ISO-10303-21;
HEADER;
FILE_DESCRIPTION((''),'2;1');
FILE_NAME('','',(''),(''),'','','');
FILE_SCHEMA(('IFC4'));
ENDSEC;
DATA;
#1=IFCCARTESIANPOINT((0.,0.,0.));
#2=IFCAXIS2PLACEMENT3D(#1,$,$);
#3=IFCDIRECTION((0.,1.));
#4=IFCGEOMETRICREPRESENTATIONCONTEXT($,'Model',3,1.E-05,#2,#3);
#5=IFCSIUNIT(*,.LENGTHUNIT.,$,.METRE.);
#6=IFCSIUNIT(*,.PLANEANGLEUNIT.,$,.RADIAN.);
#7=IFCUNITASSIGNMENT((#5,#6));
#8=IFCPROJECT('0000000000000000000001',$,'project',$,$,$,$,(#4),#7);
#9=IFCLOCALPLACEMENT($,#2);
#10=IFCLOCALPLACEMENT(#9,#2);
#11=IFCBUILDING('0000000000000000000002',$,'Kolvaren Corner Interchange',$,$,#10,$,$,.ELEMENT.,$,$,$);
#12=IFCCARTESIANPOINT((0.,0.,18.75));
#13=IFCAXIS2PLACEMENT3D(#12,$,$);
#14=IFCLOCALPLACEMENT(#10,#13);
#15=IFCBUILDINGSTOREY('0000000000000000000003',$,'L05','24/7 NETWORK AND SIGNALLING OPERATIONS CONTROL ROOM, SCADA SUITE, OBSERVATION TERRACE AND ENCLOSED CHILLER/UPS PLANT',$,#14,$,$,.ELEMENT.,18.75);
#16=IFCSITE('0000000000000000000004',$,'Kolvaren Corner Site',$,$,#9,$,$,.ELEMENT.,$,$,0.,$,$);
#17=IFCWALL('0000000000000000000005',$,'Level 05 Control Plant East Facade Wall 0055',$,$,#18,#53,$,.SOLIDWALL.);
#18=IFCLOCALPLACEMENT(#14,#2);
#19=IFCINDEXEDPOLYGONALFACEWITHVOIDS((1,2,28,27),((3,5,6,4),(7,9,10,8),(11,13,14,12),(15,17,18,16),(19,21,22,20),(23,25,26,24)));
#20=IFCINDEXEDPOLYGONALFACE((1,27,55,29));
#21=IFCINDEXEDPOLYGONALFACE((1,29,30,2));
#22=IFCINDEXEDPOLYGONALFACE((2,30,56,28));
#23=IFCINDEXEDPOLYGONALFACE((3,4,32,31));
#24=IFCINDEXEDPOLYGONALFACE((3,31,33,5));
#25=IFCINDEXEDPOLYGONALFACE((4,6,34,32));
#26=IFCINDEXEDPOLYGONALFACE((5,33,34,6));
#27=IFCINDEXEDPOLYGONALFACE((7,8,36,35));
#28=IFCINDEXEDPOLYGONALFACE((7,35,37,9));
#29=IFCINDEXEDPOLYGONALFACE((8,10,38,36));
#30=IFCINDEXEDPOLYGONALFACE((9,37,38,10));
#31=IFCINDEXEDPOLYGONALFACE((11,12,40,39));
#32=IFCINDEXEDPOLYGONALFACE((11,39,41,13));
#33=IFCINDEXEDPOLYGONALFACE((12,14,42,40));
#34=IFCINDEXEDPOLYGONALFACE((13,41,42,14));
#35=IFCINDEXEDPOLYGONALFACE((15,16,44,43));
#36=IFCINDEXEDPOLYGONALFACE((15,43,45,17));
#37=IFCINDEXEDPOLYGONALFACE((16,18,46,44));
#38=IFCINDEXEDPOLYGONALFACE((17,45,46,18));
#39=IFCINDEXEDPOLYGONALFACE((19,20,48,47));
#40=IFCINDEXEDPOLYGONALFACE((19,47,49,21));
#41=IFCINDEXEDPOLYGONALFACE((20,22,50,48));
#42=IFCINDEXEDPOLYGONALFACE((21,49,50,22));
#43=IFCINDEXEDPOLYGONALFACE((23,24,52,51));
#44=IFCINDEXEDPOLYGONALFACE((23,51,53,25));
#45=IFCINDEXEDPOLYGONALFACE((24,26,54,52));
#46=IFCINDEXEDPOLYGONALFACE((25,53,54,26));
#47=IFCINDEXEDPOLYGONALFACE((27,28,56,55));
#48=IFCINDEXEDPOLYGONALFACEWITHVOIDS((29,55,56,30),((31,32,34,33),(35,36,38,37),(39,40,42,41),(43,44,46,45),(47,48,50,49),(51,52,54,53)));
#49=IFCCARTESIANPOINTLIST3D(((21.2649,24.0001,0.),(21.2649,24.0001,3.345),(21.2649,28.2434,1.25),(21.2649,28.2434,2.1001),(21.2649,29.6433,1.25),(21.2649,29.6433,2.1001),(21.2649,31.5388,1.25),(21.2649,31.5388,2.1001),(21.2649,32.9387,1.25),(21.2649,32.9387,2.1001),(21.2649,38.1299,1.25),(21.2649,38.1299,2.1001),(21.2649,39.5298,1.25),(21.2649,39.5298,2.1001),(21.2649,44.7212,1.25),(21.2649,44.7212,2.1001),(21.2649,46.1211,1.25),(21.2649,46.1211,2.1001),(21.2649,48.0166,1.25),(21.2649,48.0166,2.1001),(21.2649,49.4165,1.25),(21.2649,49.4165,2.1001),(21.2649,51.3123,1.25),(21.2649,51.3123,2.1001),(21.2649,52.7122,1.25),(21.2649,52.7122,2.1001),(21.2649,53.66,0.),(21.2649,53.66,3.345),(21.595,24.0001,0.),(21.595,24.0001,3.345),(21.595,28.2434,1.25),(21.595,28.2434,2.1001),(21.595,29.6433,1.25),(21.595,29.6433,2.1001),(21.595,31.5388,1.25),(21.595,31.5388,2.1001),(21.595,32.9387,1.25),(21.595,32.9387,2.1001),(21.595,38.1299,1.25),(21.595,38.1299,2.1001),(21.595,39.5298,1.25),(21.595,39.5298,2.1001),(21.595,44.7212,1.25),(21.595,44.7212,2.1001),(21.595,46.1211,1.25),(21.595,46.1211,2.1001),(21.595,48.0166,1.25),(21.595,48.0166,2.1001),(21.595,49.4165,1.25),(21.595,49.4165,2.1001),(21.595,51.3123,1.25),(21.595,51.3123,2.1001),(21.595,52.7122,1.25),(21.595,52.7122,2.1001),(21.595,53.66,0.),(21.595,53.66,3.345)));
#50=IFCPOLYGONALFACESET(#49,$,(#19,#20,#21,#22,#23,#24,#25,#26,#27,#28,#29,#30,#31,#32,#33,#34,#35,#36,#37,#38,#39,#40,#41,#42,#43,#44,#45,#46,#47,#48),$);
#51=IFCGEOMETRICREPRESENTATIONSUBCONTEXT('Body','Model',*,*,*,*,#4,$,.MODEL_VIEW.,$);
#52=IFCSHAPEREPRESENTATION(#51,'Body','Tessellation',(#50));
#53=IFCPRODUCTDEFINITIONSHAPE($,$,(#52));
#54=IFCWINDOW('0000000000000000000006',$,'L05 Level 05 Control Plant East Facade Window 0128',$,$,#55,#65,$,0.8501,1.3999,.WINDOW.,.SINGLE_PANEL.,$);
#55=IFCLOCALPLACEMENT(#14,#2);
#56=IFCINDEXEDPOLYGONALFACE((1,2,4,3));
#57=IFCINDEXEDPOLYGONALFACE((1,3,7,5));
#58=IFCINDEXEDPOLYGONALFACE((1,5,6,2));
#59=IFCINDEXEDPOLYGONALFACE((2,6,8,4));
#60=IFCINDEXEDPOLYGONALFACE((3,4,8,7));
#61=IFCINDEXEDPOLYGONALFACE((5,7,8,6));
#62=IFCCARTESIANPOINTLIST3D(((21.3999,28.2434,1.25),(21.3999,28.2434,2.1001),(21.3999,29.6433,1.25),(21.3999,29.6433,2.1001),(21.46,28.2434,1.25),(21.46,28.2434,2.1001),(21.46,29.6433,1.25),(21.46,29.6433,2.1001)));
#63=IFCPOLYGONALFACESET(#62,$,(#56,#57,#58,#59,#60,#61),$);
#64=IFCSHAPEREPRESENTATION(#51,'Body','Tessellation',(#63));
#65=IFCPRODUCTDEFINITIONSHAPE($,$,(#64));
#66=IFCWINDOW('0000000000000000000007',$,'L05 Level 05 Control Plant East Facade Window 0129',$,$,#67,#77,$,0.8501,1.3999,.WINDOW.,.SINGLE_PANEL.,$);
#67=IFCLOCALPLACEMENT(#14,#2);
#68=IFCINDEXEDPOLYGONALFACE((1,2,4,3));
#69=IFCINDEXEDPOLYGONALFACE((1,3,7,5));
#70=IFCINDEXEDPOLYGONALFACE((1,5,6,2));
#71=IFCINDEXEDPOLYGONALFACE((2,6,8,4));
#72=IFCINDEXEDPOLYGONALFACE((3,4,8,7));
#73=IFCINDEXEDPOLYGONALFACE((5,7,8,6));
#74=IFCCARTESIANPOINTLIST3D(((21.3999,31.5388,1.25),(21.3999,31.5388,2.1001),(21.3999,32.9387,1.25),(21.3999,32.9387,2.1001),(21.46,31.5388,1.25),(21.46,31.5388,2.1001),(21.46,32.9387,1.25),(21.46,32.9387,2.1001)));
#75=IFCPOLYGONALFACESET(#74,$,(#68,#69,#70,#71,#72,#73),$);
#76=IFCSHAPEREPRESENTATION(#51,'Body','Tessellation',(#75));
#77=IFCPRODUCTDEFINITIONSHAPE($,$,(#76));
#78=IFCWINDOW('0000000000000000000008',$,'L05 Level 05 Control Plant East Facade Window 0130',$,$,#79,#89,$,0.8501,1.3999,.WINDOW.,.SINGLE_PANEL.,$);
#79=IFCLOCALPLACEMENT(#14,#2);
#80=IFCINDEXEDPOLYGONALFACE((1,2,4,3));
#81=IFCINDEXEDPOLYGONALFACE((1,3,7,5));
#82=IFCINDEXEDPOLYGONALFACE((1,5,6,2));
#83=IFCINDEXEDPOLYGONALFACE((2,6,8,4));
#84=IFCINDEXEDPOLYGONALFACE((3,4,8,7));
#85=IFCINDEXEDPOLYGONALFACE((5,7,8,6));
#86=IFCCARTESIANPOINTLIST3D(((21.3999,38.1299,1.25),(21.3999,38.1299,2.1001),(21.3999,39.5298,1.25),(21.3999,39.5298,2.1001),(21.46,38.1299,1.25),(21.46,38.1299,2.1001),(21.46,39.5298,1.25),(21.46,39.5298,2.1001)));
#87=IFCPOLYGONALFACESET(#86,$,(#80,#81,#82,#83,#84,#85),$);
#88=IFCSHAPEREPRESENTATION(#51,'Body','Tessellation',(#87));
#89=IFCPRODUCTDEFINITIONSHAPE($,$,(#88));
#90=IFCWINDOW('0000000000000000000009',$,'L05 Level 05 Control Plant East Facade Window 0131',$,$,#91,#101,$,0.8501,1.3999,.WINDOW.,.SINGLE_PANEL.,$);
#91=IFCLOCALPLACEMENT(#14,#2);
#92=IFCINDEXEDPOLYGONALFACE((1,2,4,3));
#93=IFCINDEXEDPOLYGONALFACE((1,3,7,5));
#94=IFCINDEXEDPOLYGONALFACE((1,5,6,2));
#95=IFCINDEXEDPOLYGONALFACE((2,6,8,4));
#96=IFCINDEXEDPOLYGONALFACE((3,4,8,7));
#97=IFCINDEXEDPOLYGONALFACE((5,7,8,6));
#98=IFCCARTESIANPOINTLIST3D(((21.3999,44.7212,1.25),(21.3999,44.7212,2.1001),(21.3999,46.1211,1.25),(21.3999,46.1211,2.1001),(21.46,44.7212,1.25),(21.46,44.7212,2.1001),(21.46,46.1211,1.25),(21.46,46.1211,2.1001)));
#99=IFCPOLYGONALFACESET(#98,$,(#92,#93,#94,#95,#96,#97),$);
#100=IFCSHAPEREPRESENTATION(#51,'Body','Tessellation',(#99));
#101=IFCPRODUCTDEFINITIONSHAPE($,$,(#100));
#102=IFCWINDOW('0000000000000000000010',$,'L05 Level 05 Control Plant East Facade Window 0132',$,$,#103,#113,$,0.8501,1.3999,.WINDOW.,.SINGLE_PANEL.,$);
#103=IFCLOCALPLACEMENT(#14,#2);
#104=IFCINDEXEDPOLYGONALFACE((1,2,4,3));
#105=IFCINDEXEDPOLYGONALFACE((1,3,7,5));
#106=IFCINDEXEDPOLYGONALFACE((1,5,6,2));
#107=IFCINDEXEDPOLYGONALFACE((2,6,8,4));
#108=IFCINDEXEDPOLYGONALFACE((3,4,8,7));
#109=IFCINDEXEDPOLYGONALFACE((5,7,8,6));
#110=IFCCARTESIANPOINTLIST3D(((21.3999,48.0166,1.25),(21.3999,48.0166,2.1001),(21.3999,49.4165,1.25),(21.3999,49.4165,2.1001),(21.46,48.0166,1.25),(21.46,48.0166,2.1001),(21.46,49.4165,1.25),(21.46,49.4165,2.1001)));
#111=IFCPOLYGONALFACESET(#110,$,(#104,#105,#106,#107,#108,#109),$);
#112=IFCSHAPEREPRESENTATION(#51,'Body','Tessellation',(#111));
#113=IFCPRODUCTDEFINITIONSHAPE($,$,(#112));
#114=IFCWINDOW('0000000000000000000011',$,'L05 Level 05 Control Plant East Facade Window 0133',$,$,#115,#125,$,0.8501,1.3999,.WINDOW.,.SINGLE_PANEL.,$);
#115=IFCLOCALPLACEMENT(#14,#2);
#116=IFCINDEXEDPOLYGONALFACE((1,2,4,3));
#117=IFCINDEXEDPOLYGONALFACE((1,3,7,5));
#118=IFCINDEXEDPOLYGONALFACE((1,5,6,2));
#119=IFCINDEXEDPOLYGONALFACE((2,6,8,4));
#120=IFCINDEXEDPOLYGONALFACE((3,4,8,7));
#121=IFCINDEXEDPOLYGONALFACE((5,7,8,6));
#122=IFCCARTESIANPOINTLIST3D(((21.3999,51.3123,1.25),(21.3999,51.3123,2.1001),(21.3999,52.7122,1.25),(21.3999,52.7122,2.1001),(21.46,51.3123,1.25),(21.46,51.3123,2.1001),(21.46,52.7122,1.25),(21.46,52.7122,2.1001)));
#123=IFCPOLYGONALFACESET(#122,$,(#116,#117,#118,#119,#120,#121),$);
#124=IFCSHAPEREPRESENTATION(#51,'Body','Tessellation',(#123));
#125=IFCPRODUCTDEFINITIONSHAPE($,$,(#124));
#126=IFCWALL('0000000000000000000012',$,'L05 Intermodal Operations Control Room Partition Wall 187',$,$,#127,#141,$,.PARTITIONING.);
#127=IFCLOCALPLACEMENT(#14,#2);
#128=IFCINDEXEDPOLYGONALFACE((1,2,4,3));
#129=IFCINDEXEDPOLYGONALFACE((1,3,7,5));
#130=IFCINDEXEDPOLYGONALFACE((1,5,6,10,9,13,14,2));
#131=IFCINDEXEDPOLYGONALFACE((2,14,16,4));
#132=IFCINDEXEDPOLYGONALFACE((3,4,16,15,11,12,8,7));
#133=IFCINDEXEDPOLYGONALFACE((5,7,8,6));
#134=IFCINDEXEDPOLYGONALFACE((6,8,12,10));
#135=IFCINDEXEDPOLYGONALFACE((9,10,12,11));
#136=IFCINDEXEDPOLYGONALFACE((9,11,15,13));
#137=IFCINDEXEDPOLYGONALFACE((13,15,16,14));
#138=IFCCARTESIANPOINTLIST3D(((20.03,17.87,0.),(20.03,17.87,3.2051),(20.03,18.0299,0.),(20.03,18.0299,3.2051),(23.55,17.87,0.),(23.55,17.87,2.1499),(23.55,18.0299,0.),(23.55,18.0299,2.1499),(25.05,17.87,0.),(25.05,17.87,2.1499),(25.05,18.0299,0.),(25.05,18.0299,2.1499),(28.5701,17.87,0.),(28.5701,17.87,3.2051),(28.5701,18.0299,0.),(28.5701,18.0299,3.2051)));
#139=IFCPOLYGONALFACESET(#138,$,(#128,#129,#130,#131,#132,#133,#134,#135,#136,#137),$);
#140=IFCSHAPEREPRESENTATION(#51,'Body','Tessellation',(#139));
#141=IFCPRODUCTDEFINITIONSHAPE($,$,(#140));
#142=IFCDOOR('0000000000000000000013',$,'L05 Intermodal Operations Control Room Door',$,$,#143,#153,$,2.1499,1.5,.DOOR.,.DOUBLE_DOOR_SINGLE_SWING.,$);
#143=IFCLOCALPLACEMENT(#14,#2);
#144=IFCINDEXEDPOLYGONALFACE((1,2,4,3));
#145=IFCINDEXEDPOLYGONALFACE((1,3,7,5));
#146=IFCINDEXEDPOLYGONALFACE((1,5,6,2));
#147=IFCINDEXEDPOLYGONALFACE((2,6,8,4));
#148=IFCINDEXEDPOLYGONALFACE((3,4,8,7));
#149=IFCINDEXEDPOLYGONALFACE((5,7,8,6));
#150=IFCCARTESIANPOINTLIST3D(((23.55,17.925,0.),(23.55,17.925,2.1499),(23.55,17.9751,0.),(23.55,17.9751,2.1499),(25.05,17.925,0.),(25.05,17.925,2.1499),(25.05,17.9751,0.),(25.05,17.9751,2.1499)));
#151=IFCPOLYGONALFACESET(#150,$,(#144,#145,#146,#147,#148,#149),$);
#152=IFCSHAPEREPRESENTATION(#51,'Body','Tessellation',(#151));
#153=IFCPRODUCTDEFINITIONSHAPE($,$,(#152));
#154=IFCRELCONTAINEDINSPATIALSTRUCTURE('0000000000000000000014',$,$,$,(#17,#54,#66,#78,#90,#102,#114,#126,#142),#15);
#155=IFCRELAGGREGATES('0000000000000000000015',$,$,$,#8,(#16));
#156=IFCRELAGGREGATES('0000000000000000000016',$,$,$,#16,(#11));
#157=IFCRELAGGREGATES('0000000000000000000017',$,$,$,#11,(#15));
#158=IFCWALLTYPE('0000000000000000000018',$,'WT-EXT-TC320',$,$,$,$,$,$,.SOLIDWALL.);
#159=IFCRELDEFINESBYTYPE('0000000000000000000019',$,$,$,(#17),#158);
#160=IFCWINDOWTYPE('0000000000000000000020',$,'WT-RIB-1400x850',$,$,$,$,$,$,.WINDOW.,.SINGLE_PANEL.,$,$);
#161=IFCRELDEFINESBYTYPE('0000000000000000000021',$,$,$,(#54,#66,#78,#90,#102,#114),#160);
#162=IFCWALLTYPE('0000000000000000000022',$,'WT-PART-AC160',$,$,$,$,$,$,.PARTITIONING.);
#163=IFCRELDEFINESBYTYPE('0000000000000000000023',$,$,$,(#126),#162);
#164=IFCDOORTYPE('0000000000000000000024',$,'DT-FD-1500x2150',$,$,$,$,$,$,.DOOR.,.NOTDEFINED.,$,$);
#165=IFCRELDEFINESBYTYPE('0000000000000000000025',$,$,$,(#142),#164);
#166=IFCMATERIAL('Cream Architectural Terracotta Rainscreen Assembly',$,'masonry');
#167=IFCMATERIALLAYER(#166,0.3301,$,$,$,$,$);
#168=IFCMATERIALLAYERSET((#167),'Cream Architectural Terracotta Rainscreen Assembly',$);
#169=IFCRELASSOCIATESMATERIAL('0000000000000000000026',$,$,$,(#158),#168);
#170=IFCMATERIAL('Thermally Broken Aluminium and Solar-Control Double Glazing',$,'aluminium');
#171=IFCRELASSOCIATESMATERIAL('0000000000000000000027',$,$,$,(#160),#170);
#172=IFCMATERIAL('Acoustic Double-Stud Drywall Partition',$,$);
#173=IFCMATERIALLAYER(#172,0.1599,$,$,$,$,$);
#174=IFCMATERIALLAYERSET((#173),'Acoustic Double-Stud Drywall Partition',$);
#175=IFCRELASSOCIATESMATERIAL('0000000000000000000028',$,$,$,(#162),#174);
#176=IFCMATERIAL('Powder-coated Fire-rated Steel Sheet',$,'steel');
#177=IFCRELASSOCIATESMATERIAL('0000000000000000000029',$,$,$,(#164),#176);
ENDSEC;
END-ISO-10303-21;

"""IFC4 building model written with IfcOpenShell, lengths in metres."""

from ifc_helpers import new_model, si_unit, direction, frame, frame_2d, origin, place, context, subcontext, project, spatial, rectangle, extrude, material, layer, layer_set, type_object, element, fill, save


model = new_model("IFC4")

# Units and contexts
model_context = context("Model", 3, precision=1e-05, world=origin(), true_north=direction((0.0, 1.0)))
body_context = subcontext(model_context, "Body", "Model", "MODEL_VIEW")
ifc_project = project(units=[si_unit("LENGTHUNIT", "METRE"), si_unit("PLANEANGLEUNIT", "RADIAN")], contexts=[model_context])

# Site, building, storey
site_placement = place(None, origin())
site = spatial("IfcSite", under=ifc_project, at=site_placement, Name="Kolvaren Corner Site", CompositionType="ELEMENT", RefElevation=0.0)
building_placement = place(site_placement, origin())
building = spatial("IfcBuilding", under=site, at=building_placement, Name="Kolvaren Corner Interchange", CompositionType="ELEMENT")
storey_placement = place(building_placement, frame((0.0, 0.0, 18.75)))
storey = spatial("IfcBuildingStorey", under=building, at=storey_placement, Name="L05", Description="24/7 NETWORK AND SIGNALLING OPERATIONS CONTROL ROOM, SCADA SUITE, OBSERVATION TERRACE AND ENCLOSED CHILLER/UPS PLANT", CompositionType="ELEMENT", Elevation=18.75)

# Wall, openings, windows
ifc_material_1 = material(Name="Cream Architectural Terracotta Rainscreen Assembly", Category="masonry")
ifc_layer_1 = layer(ifc_material_1, 0.3301)
ifc_layer_set_1 = layer_set([ifc_layer_1], Name="Cream Architectural Terracotta Rainscreen Assembly")
wall_type_1 = type_object("IfcWallType", Name="WT-EXT-TC320", PredefinedType="SOLIDWALL", material=ifc_layer_set_1)
wall_1_placement = place(storey_placement, frame((21.4299, 24.0, 0.0), z_axis=(0.0, 0.0, 1.0), x_axis=(0.0, 1.0, 0.0)))
wall_1 = element("IfcWall", 1, at=wall_1_placement, inside=storey, type_object=wall_type_1, Name="Level 05 Control Plant East Facade Wall 0055", PredefinedType="SOLIDWALL", context=body_context, shape_type="SweptSolid", body=[
    extrude(rectangle(XDim=29.6599, YDim=0.3301, at=frame_2d((14.8301, 0.0))), origin(), (0.0, 0.0, 1.0), 3.345),
])
opening_1_placement = place(wall_1_placement, frame((4.2434, 0.0, 1.25)))
opening_1 = element("IfcOpeningElement", 2, at=opening_1_placement, cuts=wall_1, PredefinedType="OPENING", context=body_context, shape_type="SweptSolid", body=[
    extrude(rectangle(XDim=1.3999, YDim=0.8501, at=frame_2d((0.7, 0.425))), frame((0.0, 0.175, 0.0), z_axis=(0.0, -1.0, 0.0), x_axis=(1.0, 0.0, 0.0)), (0.0, 0.0, 1.0), 0.3501),
])
opening_2_placement = place(wall_1_placement, frame((7.5388, 0.0, 1.25)))
opening_2 = element("IfcOpeningElement", 3, at=opening_2_placement, cuts=wall_1, PredefinedType="OPENING", context=body_context, shape_type="SweptSolid", body=[
    extrude(rectangle(XDim=1.3999, YDim=0.8501, at=frame_2d((0.7, 0.425))), frame((0.0, 0.175, 0.0), z_axis=(0.0, -1.0, 0.0), x_axis=(1.0, 0.0, 0.0)), (0.0, 0.0, 1.0), 0.3501),
])
opening_3_placement = place(wall_1_placement, frame((14.1299, 0.0, 1.25)))
opening_3 = element("IfcOpeningElement", 4, at=opening_3_placement, cuts=wall_1, PredefinedType="OPENING", context=body_context, shape_type="SweptSolid", body=[
    extrude(rectangle(XDim=1.3999, YDim=0.8501, at=frame_2d((0.7, 0.425))), frame((0.0, 0.175, 0.0), z_axis=(0.0, -1.0, 0.0), x_axis=(1.0, 0.0, 0.0)), (0.0, 0.0, 1.0), 0.3501),
])
opening_4_placement = place(wall_1_placement, frame((20.7212, 0.0, 1.25)))
opening_4 = element("IfcOpeningElement", 5, at=opening_4_placement, cuts=wall_1, PredefinedType="OPENING", context=body_context, shape_type="SweptSolid", body=[
    extrude(rectangle(XDim=1.3999, YDim=0.8501, at=frame_2d((0.7, 0.425))), frame((0.0, 0.175, 0.0), z_axis=(0.0, -1.0, 0.0), x_axis=(1.0, 0.0, 0.0)), (0.0, 0.0, 1.0), 0.3501),
])
opening_5_placement = place(wall_1_placement, frame((24.0166, 0.0, 1.25)))
opening_5 = element("IfcOpeningElement", 6, at=opening_5_placement, cuts=wall_1, PredefinedType="OPENING", context=body_context, shape_type="SweptSolid", body=[
    extrude(rectangle(XDim=1.3999, YDim=0.8501, at=frame_2d((0.7, 0.425))), frame((0.0, 0.175, 0.0), z_axis=(0.0, -1.0, 0.0), x_axis=(1.0, 0.0, 0.0)), (0.0, 0.0, 1.0), 0.3501),
])
opening_6_placement = place(wall_1_placement, frame((27.3123, 0.0, 1.25)))
opening_6 = element("IfcOpeningElement", 7, at=opening_6_placement, cuts=wall_1, PredefinedType="OPENING", context=body_context, shape_type="SweptSolid", body=[
    extrude(rectangle(XDim=1.3999, YDim=0.8501, at=frame_2d((0.7, 0.425))), frame((0.0, 0.175, 0.0), z_axis=(0.0, -1.0, 0.0), x_axis=(1.0, 0.0, 0.0)), (0.0, 0.0, 1.0), 0.3501),
])
ifc_material_2 = material(Name="Thermally Broken Aluminium and Solar-Control Double Glazing", Category="aluminium")
window_type = type_object("IfcWindowType", Name="WT-RIB-1400x850", PartitioningType="SINGLE_PANEL", PredefinedType="WINDOW", material=ifc_material_2)
window_1_placement = place(opening_1_placement, origin())
window_1 = element("IfcWindow", 8, at=window_1_placement, inside=storey, type_object=window_type, Name="L05 Level 05 Control Plant East Facade Window 0128", OverallHeight=0.8501, OverallWidth=1.3999, PartitioningType="SINGLE_PANEL", PredefinedType="WINDOW", context=body_context, shape_type="SweptSolid", body=[
    extrude(rectangle(XDim=1.3999, YDim=0.8501, at=frame_2d((0.7, 0.425))), frame((0.0, 0.03, 0.0), z_axis=(0.0, -1.0, 0.0), x_axis=(1.0, 0.0, 0.0)), (0.0, 0.0, 1.0), 0.0601),
])
fill(opening_1, window_1)
window_2_placement = place(opening_2_placement, origin())
window_2 = element("IfcWindow", 9, at=window_2_placement, inside=storey, type_object=window_type, Name="L05 Level 05 Control Plant East Facade Window 0129", OverallHeight=0.8501, OverallWidth=1.3999, PartitioningType="SINGLE_PANEL", PredefinedType="WINDOW", context=body_context, shape_type="SweptSolid", body=[
    extrude(rectangle(XDim=1.3999, YDim=0.8501, at=frame_2d((0.7, 0.425))), frame((0.0, 0.03, 0.0), z_axis=(0.0, -1.0, 0.0), x_axis=(1.0, 0.0, 0.0)), (0.0, 0.0, 1.0), 0.0601),
])
fill(opening_2, window_2)
window_3_placement = place(opening_3_placement, origin())
window_3 = element("IfcWindow", 10, at=window_3_placement, inside=storey, type_object=window_type, Name="L05 Level 05 Control Plant East Facade Window 0130", OverallHeight=0.8501, OverallWidth=1.3999, PartitioningType="SINGLE_PANEL", PredefinedType="WINDOW", context=body_context, shape_type="SweptSolid", body=[
    extrude(rectangle(XDim=1.3999, YDim=0.8501, at=frame_2d((0.7, 0.425))), frame((0.0, 0.03, 0.0), z_axis=(0.0, -1.0, 0.0), x_axis=(1.0, 0.0, 0.0)), (0.0, 0.0, 1.0), 0.0601),
])
fill(opening_3, window_3)
window_4_placement = place(opening_4_placement, origin())
window_4 = element("IfcWindow", 11, at=window_4_placement, inside=storey, type_object=window_type, Name="L05 Level 05 Control Plant East Facade Window 0131", OverallHeight=0.8501, OverallWidth=1.3999, PartitioningType="SINGLE_PANEL", PredefinedType="WINDOW", context=body_context, shape_type="SweptSolid", body=[
    extrude(rectangle(XDim=1.3999, YDim=0.8501, at=frame_2d((0.7, 0.425))), frame((0.0, 0.03, 0.0), z_axis=(0.0, -1.0, 0.0), x_axis=(1.0, 0.0, 0.0)), (0.0, 0.0, 1.0), 0.0601),
])
fill(opening_4, window_4)
window_5_placement = place(opening_5_placement, origin())
window_5 = element("IfcWindow", 12, at=window_5_placement, inside=storey, type_object=window_type, Name="L05 Level 05 Control Plant East Facade Window 0132", OverallHeight=0.8501, OverallWidth=1.3999, PartitioningType="SINGLE_PANEL", PredefinedType="WINDOW", context=body_context, shape_type="SweptSolid", body=[
    extrude(rectangle(XDim=1.3999, YDim=0.8501, at=frame_2d((0.7, 0.425))), frame((0.0, 0.03, 0.0), z_axis=(0.0, -1.0, 0.0), x_axis=(1.0, 0.0, 0.0)), (0.0, 0.0, 1.0), 0.0601),
])
fill(opening_5, window_5)
window_6_placement = place(opening_6_placement, origin())
window_6 = element("IfcWindow", 13, at=window_6_placement, inside=storey, type_object=window_type, Name="L05 Level 05 Control Plant East Facade Window 0133", OverallHeight=0.8501, OverallWidth=1.3999, PartitioningType="SINGLE_PANEL", PredefinedType="WINDOW", context=body_context, shape_type="SweptSolid", body=[
    extrude(rectangle(XDim=1.3999, YDim=0.8501, at=frame_2d((0.7, 0.425))), frame((0.0, 0.03, 0.0), z_axis=(0.0, -1.0, 0.0), x_axis=(1.0, 0.0, 0.0)), (0.0, 0.0, 1.0), 0.0601),
])
fill(opening_6, window_6)

# Wall, opening, door
ifc_material_3 = material(Name="Acoustic Double-Stud Drywall Partition")
ifc_layer_2 = layer(ifc_material_3, 0.1599)
ifc_layer_set_2 = layer_set([ifc_layer_2], Name="Acoustic Double-Stud Drywall Partition")
wall_type_2 = type_object("IfcWallType", Name="WT-PART-AC160", PredefinedType="PARTITIONING", material=ifc_layer_set_2)
wall_2_placement = place(storey_placement, frame((28.5701, 17.95, 0.0), z_axis=(0.0, 0.0, 1.0), x_axis=(-1.0, 0.0, 0.0)))
wall_2 = element("IfcWall", 14, at=wall_2_placement, inside=storey, type_object=wall_type_2, Name="L05 Intermodal Operations Control Room Partition Wall 187", PredefinedType="PARTITIONING", context=body_context, shape_type="SweptSolid", body=[
    extrude(rectangle(XDim=8.54, YDim=0.1599, at=frame_2d((4.27, 0.0))), origin(), (0.0, 0.0, 1.0), 3.2051),
])
opening_7_placement = place(wall_2_placement, frame((3.52, 0.0, 0.0)))
opening_7 = element("IfcOpeningElement", 15, at=opening_7_placement, cuts=wall_2, PredefinedType="OPENING", context=body_context, shape_type="SweptSolid", body=[
    extrude(rectangle(XDim=1.5, YDim=2.1499, at=frame_2d((0.75, 1.075))), frame((0.0, 0.0898, 0.0), z_axis=(0.0, -1.0, 0.0), x_axis=(1.0, 0.0, 0.0)), (0.0, 0.0, 1.0), 0.1799),
])
ifc_material_4 = material(Name="Powder-coated Fire-rated Steel Sheet", Category="steel")
door_type_1 = type_object("IfcDoorType", Name="DT-FD-1500x2150", OperationType="NOTDEFINED", PredefinedType="DOOR", material=ifc_material_4)
door_1_placement = place(opening_7_placement, origin())
door_1 = element("IfcDoor", 16, at=door_1_placement, inside=storey, type_object=door_type_1, Name="L05 Intermodal Operations Control Room Door", OperationType="DOUBLE_DOOR_SINGLE_SWING", OverallHeight=2.1499, OverallWidth=1.5, PredefinedType="DOOR", context=body_context, shape_type="SweptSolid", body=[
    extrude(rectangle(XDim=1.5, YDim=2.1499, at=frame_2d((0.75, 1.075))), frame((0.0, 0.0249, 0.0), z_axis=(0.0, -1.0, 0.0), x_axis=(1.0, 0.0, 0.0)), (0.0, 0.0, 1.0), 0.05),
])
fill(opening_7, door_1)

save(model, "model.ifc")
